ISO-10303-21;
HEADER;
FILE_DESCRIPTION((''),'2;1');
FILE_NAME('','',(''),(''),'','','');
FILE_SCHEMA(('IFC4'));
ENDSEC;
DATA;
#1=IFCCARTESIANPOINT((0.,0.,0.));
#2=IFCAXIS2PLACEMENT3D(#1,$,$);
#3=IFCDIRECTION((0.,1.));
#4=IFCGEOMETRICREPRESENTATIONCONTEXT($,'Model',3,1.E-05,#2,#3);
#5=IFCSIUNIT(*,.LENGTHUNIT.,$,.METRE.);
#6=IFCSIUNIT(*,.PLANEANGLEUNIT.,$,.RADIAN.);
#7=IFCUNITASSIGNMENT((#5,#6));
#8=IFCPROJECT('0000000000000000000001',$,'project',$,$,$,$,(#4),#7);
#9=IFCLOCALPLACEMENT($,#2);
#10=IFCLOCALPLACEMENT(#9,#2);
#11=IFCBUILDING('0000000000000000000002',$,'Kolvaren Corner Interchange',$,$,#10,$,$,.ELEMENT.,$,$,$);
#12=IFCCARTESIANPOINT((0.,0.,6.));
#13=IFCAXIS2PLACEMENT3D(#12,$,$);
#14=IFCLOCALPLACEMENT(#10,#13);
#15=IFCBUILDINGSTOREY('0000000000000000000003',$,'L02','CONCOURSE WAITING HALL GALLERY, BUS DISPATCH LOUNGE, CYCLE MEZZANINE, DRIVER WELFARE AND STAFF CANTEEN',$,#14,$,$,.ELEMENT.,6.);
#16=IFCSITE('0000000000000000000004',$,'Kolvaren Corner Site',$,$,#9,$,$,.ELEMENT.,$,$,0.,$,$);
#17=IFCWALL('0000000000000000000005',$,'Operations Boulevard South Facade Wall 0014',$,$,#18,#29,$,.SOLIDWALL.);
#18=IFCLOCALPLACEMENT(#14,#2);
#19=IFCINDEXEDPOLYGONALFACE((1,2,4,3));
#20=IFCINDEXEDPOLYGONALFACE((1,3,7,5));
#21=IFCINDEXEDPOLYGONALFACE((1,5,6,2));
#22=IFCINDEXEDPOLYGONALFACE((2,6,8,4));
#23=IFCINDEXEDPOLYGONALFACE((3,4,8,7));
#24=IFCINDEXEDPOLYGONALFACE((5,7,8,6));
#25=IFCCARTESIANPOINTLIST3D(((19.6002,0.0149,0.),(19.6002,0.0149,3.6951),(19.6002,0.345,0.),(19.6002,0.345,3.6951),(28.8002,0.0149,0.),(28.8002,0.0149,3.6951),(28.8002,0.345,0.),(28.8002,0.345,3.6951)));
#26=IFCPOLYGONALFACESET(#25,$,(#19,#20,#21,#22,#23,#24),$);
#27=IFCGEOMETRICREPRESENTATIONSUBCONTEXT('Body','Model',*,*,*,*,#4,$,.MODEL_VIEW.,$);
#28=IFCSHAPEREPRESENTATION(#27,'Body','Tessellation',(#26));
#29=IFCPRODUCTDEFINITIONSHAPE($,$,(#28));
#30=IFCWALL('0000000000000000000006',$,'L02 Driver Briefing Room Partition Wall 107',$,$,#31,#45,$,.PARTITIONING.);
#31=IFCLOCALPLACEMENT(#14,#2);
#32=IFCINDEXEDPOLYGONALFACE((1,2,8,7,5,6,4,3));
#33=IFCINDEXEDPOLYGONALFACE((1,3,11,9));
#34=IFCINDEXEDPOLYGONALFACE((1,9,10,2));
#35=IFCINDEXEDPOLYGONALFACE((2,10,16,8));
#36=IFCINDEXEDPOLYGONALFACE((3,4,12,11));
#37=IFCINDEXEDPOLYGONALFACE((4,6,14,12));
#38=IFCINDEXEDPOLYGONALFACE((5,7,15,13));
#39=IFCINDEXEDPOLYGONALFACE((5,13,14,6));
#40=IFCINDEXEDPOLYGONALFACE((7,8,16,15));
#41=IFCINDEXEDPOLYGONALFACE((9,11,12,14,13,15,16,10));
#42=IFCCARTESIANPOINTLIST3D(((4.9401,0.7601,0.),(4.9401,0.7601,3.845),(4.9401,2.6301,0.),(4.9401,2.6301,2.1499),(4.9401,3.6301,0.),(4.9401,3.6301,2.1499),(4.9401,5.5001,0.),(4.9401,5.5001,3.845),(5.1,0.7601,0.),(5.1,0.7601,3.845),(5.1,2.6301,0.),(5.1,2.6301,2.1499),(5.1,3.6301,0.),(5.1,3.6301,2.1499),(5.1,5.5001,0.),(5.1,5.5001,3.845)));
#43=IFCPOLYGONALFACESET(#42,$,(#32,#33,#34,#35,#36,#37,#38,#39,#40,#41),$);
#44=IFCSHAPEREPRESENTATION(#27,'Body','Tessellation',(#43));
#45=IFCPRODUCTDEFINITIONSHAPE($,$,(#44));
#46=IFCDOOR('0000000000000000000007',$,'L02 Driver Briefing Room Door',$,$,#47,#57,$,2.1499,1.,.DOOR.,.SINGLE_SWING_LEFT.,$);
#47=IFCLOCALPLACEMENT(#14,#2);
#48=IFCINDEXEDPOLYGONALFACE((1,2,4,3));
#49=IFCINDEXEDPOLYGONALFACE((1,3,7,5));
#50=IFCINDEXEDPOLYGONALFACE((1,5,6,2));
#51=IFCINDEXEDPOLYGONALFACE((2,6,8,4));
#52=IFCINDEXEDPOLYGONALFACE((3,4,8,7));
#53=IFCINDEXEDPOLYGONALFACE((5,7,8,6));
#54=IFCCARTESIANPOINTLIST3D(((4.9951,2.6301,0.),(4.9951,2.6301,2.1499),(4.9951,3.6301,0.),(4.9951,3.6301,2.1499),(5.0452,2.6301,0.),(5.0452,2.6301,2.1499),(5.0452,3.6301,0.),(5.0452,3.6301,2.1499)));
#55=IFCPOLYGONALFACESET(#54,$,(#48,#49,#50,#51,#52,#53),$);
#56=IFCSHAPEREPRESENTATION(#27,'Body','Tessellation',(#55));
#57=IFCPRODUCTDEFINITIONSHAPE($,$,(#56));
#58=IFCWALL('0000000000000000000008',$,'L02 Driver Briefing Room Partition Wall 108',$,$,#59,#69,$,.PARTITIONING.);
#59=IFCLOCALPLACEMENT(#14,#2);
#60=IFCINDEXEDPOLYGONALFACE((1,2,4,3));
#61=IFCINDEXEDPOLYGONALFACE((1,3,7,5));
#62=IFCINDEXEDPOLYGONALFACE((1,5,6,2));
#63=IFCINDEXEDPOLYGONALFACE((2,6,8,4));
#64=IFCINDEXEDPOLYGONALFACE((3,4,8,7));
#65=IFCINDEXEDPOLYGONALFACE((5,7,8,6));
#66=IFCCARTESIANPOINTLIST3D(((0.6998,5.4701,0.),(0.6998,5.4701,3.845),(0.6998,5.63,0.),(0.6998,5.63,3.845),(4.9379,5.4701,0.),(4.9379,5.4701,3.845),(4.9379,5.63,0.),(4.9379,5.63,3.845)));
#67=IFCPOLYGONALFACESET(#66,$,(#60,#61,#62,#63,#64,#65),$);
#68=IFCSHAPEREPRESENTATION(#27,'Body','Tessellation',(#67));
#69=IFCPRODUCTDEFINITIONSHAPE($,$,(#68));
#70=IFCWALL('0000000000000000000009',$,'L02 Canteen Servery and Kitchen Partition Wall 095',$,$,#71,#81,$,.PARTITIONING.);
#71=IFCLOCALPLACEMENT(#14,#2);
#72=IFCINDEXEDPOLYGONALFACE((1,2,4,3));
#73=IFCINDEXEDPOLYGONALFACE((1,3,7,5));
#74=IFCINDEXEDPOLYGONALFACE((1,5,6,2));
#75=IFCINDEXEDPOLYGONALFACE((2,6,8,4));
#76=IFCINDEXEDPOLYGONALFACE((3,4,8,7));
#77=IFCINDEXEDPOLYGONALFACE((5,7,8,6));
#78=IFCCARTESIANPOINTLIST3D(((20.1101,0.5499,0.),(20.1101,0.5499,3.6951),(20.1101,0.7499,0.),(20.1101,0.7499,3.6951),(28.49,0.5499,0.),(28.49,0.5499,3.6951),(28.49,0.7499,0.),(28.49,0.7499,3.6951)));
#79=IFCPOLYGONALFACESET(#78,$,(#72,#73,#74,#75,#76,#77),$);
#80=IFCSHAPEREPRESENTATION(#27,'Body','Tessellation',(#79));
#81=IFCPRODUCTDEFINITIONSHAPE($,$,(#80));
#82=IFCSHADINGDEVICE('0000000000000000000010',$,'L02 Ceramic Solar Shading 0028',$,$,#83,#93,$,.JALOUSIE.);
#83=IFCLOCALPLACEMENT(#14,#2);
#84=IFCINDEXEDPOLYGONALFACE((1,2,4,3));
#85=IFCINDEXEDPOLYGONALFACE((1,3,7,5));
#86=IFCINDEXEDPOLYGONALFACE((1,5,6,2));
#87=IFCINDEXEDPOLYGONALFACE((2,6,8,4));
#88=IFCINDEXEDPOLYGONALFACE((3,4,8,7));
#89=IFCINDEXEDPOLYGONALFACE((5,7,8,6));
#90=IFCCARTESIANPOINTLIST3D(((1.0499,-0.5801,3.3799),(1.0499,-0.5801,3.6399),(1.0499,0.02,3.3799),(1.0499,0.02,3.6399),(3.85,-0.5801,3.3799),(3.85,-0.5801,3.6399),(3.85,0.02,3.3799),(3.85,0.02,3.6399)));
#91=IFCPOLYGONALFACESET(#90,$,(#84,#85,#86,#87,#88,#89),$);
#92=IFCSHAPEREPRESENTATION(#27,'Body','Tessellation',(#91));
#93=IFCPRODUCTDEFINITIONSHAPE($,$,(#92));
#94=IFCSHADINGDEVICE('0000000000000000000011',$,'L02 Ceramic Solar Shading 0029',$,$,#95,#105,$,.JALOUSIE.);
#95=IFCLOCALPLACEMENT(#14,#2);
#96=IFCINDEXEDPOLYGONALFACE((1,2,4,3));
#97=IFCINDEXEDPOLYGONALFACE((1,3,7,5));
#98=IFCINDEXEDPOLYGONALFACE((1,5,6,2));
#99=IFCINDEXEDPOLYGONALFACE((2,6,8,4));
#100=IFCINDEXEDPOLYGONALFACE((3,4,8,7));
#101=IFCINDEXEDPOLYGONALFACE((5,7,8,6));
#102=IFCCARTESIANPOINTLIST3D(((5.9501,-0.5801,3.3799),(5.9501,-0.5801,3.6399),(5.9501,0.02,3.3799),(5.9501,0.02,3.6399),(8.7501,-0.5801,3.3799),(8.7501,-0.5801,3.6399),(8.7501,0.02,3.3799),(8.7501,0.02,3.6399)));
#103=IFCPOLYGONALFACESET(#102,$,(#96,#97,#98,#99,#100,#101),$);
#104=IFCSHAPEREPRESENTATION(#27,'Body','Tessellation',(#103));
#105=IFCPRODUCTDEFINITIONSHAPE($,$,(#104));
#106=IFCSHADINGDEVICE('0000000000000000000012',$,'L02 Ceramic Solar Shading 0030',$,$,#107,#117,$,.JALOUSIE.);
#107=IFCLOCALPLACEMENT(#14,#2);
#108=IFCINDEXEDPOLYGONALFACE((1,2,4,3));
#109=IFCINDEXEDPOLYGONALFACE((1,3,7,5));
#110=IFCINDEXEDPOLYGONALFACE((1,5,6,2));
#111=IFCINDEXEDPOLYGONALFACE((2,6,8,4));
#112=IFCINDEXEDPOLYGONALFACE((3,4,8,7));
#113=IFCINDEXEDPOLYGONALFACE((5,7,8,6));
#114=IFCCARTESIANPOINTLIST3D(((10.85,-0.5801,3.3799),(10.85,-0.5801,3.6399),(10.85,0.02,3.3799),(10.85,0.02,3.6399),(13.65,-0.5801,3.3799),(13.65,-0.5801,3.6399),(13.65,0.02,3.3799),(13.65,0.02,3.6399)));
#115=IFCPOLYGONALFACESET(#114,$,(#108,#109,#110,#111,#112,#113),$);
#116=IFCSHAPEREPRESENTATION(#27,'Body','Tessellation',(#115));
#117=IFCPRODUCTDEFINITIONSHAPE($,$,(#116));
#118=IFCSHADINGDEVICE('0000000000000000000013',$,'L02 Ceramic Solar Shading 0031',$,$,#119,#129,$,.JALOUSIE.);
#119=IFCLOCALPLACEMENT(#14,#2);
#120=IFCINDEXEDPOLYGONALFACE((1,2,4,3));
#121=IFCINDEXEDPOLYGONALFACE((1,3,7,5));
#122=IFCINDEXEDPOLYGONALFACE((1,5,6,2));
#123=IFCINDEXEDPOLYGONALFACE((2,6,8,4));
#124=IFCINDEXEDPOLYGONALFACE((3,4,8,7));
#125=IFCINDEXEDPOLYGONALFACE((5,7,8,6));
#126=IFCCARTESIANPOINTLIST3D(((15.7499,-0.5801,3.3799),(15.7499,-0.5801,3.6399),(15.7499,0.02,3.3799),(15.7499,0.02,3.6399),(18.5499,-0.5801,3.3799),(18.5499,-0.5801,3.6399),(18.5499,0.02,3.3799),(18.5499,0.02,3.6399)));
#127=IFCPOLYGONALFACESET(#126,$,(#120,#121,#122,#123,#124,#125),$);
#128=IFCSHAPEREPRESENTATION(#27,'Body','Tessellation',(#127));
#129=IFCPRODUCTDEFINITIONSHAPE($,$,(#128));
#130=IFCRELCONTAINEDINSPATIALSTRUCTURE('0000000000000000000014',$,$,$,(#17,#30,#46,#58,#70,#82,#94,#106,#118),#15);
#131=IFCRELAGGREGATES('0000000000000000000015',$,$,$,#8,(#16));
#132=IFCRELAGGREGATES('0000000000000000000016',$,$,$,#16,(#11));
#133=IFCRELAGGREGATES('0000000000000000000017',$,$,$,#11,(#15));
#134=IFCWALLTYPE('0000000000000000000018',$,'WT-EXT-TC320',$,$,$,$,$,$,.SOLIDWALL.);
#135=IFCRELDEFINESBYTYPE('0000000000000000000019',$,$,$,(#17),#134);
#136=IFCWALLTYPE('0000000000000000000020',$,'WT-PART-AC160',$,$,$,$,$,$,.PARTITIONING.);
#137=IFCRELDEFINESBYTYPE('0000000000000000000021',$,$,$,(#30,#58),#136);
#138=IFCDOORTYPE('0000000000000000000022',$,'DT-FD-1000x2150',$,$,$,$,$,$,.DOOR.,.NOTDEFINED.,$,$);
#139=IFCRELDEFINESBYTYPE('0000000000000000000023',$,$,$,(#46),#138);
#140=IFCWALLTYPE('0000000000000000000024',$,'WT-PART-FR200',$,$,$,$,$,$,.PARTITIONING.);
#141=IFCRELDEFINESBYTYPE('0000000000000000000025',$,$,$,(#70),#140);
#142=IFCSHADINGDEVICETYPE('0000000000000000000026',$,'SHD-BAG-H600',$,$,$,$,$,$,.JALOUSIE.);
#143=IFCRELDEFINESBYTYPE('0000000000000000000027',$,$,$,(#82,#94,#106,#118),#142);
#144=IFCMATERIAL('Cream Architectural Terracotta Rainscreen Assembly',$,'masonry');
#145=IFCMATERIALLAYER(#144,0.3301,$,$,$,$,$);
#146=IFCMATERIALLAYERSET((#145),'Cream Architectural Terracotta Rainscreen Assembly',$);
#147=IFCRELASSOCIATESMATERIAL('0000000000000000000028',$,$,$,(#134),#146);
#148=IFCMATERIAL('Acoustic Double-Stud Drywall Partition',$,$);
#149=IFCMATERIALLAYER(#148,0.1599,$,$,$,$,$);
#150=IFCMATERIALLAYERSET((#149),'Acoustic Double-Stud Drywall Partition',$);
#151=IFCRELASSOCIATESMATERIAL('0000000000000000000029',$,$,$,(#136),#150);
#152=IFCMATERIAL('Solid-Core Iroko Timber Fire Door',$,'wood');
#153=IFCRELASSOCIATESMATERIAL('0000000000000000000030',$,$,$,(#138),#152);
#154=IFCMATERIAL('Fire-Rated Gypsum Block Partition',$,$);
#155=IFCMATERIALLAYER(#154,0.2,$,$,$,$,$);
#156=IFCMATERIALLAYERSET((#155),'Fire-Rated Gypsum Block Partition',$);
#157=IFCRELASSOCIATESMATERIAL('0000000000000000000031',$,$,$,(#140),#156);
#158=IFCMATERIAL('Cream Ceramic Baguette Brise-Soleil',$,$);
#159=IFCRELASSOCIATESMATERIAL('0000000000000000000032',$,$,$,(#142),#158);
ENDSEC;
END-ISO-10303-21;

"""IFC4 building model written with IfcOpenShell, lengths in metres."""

from ifc_helpers import new_model, si_unit, direction, frame, frame_2d, origin, origin_2d, place, context, subcontext, project, spatial, rectangle, extrude, material, layer, layer_set, type_object, element, fill, save


model = new_model("IFC4")

# Units and contexts
model_context = context("Model", 3, precision=1e-05, world=origin(), true_north=direction((0.0, 1.0)))
body_context = subcontext(model_context, "Body", "Model", "MODEL_VIEW")
ifc_project = project(units=[si_unit("LENGTHUNIT", "METRE"), si_unit("PLANEANGLEUNIT", "RADIAN")], contexts=[model_context])

# Site, building, storey
site_placement = place(None, origin())
site = spatial("IfcSite", under=ifc_project, at=site_placement, Name="Kolvaren Corner Site", CompositionType="ELEMENT", RefElevation=0.0)
building_placement = place(site_placement, origin())
building = spatial("IfcBuilding", under=site, at=building_placement, Name="Kolvaren Corner Interchange", CompositionType="ELEMENT")
storey_placement = place(building_placement, frame((0.0, 0.0, 6.0)))
storey = spatial("IfcBuildingStorey", under=building, at=storey_placement, Name="L02", Description="CONCOURSE WAITING HALL GALLERY, BUS DISPATCH LOUNGE, CYCLE MEZZANINE, DRIVER WELFARE AND STAFF CANTEEN", CompositionType="ELEMENT", Elevation=6.0)

# Wall
ifc_material_1 = material(Name="Cream Architectural Terracotta Rainscreen Assembly", Category="masonry")
ifc_layer_1 = layer(ifc_material_1, 0.3301)
ifc_layer_set_1 = layer_set([ifc_layer_1], Name="Cream Architectural Terracotta Rainscreen Assembly")
wall_type_1 = type_object("IfcWallType", Name="WT-EXT-TC320", PredefinedType="SOLIDWALL", material=ifc_layer_set_1)
wall_1_placement = place(storey_placement, frame((19.6001, 0.1799, 0.0), z_axis=(0.0, 0.0, 1.0), x_axis=(1.0, 0.0, 0.0)))
element("IfcWall", 1, at=wall_1_placement, inside=storey, type_object=wall_type_1, Name="Operations Boulevard South Facade Wall 0014", PredefinedType="SOLIDWALL", context=body_context, shape_type="SweptSolid", body=[
    extrude(rectangle(XDim=9.2, YDim=0.3301, at=frame_2d((4.6001, 0.0))), origin(), (0.0, 0.0, 1.0), 3.6951),
])

# Wall, opening, door
ifc_material_2 = material(Name="Acoustic Double-Stud Drywall Partition")
ifc_layer_2 = layer(ifc_material_2, 0.1599)
ifc_layer_set_2 = layer_set([ifc_layer_2], Name="Acoustic Double-Stud Drywall Partition")
wall_type_2 = type_object("IfcWallType", Name="WT-PART-AC160", PredefinedType="PARTITIONING", material=ifc_layer_set_2)
wall_2_placement = place(storey_placement, frame((5.02, 0.76, 0.0), z_axis=(0.0, 0.0, 1.0), x_axis=(0.0, 1.0, 0.0)))
wall_2 = element("IfcWall", 2, at=wall_2_placement, inside=storey, type_object=wall_type_2, Name="L02 Driver Briefing Room Partition Wall 107", PredefinedType="PARTITIONING", context=body_context, shape_type="SweptSolid", body=[
    extrude(rectangle(XDim=4.74, YDim=0.1599, at=frame_2d((2.3701, 0.0))), origin(), (0.0, 0.0, 1.0), 3.845),
])
opening_placement = place(wall_2_placement, frame((1.8701, 0.0, 0.0)))
opening = element("IfcOpeningElement", 3, at=opening_placement, cuts=wall_2, PredefinedType="OPENING", context=body_context, shape_type="SweptSolid", body=[
    extrude(rectangle(XDim=1.0, YDim=2.1499, at=frame_2d((0.5, 1.075))), frame((0.0, 0.0898, 0.0), z_axis=(0.0, -1.0, 0.0), x_axis=(1.0, 0.0, 0.0)), (0.0, 0.0, 1.0), 0.1799),
])
ifc_material_3 = material(Name="Solid-Core Iroko Timber Fire Door", Category="wood")
door_type = type_object("IfcDoorType", Name="DT-FD-1000x2150", OperationType="NOTDEFINED", PredefinedType="DOOR", material=ifc_material_3)
door_placement = place(opening_placement, origin())
door = element("IfcDoor", 4, at=door_placement, inside=storey, type_object=door_type, Name="L02 Driver Briefing Room Door", OperationType="SINGLE_SWING_LEFT", OverallHeight=2.1499, OverallWidth=1.0, PredefinedType="DOOR", context=body_context, shape_type="SweptSolid", body=[
    extrude(rectangle(XDim=1.0, YDim=2.1499, at=frame_2d((0.5, 1.075))), frame((0.0, 0.0249, 0.0), z_axis=(0.0, -1.0, 0.0), x_axis=(1.0, 0.0, 0.0)), (0.0, 0.0, 1.0), 0.05),
])
fill(opening, door)

# Walls
wall_3_placement = place(storey_placement, frame((4.938, 5.55, 0.0), z_axis=(0.0, 0.0, 1.0), x_axis=(-1.0, 0.0, 0.0)))
element("IfcWall", 5, at=wall_3_placement, inside=storey, type_object=wall_type_2, Name="L02 Driver Briefing Room Partition Wall 108", PredefinedType="PARTITIONING", context=body_context, shape_type="SweptSolid", body=[
    extrude(rectangle(XDim=4.238, YDim=0.1599, at=frame_2d((2.1191, 0.0))), origin(), (0.0, 0.0, 1.0), 3.845),
])
ifc_material_4 = material(Name="Fire-Rated Gypsum Block Partition")
ifc_layer_3 = layer(ifc_material_4, 0.2)
ifc_layer_set_3 = layer_set([ifc_layer_3], Name="Fire-Rated Gypsum Block Partition")
wall_type_3 = type_object("IfcWallType", Name="WT-PART-FR200", PredefinedType="PARTITIONING", material=ifc_layer_set_3)
wall_4_placement = place(storey_placement, frame((20.1101, 0.6499, 0.0), z_axis=(0.0, 0.0, 1.0), x_axis=(1.0, 0.0, 0.0)))
element("IfcWall", 6, at=wall_4_placement, inside=storey, type_object=wall_type_3, Name="L02 Canteen Servery and Kitchen Partition Wall 095", PredefinedType="PARTITIONING", context=body_context, shape_type="SweptSolid", body=[
    extrude(rectangle(XDim=8.3799, YDim=0.2, at=frame_2d((4.1899, 0.0))), origin(), (0.0, 0.0, 1.0), 3.6951),
])

# Shading devices
ifc_material_5 = material(Name="Cream Ceramic Baguette Brise-Soleil")
shading_device_type = type_object("IfcShadingDeviceType", Name="SHD-BAG-H600", PredefinedType="JALOUSIE", material=ifc_material_5)
for number, where, z_axis, x_axis, name in (
    (7, (2.45, -0.28, 3.3799), (0.0, 0.0, 1.0), (1.0, 0.0, 0.0), "L02 Ceramic Solar Shading 0028"),
    (8, (7.3501, -0.28, 3.3799), (0.0, 0.0, 1.0), (1.0, 0.0, 0.0), "L02 Ceramic Solar Shading 0029"),
    (9, (12.25, -0.28, 3.3799), (0.0, 0.0, 1.0), (1.0, 0.0, 0.0), "L02 Ceramic Solar Shading 0030"),
    (10, (17.1499, -0.28, 3.3799), (0.0, 0.0, 1.0), (1.0, 0.0, 0.0), "L02 Ceramic Solar Shading 0031"),
):
    element("IfcShadingDevice", number, at=place(storey_placement, frame(where, z_axis=z_axis, x_axis=x_axis)), inside=storey, type_object=shading_device_type, Name=name, PredefinedType="JALOUSIE", context=body_context, shape_type="SweptSolid", body=[
        extrude(rectangle(XDim=2.8, YDim=0.6001, at=origin_2d()), origin(), (0.0, 0.0, 1.0), 0.26),
    ])

save(model, "model.ifc")
